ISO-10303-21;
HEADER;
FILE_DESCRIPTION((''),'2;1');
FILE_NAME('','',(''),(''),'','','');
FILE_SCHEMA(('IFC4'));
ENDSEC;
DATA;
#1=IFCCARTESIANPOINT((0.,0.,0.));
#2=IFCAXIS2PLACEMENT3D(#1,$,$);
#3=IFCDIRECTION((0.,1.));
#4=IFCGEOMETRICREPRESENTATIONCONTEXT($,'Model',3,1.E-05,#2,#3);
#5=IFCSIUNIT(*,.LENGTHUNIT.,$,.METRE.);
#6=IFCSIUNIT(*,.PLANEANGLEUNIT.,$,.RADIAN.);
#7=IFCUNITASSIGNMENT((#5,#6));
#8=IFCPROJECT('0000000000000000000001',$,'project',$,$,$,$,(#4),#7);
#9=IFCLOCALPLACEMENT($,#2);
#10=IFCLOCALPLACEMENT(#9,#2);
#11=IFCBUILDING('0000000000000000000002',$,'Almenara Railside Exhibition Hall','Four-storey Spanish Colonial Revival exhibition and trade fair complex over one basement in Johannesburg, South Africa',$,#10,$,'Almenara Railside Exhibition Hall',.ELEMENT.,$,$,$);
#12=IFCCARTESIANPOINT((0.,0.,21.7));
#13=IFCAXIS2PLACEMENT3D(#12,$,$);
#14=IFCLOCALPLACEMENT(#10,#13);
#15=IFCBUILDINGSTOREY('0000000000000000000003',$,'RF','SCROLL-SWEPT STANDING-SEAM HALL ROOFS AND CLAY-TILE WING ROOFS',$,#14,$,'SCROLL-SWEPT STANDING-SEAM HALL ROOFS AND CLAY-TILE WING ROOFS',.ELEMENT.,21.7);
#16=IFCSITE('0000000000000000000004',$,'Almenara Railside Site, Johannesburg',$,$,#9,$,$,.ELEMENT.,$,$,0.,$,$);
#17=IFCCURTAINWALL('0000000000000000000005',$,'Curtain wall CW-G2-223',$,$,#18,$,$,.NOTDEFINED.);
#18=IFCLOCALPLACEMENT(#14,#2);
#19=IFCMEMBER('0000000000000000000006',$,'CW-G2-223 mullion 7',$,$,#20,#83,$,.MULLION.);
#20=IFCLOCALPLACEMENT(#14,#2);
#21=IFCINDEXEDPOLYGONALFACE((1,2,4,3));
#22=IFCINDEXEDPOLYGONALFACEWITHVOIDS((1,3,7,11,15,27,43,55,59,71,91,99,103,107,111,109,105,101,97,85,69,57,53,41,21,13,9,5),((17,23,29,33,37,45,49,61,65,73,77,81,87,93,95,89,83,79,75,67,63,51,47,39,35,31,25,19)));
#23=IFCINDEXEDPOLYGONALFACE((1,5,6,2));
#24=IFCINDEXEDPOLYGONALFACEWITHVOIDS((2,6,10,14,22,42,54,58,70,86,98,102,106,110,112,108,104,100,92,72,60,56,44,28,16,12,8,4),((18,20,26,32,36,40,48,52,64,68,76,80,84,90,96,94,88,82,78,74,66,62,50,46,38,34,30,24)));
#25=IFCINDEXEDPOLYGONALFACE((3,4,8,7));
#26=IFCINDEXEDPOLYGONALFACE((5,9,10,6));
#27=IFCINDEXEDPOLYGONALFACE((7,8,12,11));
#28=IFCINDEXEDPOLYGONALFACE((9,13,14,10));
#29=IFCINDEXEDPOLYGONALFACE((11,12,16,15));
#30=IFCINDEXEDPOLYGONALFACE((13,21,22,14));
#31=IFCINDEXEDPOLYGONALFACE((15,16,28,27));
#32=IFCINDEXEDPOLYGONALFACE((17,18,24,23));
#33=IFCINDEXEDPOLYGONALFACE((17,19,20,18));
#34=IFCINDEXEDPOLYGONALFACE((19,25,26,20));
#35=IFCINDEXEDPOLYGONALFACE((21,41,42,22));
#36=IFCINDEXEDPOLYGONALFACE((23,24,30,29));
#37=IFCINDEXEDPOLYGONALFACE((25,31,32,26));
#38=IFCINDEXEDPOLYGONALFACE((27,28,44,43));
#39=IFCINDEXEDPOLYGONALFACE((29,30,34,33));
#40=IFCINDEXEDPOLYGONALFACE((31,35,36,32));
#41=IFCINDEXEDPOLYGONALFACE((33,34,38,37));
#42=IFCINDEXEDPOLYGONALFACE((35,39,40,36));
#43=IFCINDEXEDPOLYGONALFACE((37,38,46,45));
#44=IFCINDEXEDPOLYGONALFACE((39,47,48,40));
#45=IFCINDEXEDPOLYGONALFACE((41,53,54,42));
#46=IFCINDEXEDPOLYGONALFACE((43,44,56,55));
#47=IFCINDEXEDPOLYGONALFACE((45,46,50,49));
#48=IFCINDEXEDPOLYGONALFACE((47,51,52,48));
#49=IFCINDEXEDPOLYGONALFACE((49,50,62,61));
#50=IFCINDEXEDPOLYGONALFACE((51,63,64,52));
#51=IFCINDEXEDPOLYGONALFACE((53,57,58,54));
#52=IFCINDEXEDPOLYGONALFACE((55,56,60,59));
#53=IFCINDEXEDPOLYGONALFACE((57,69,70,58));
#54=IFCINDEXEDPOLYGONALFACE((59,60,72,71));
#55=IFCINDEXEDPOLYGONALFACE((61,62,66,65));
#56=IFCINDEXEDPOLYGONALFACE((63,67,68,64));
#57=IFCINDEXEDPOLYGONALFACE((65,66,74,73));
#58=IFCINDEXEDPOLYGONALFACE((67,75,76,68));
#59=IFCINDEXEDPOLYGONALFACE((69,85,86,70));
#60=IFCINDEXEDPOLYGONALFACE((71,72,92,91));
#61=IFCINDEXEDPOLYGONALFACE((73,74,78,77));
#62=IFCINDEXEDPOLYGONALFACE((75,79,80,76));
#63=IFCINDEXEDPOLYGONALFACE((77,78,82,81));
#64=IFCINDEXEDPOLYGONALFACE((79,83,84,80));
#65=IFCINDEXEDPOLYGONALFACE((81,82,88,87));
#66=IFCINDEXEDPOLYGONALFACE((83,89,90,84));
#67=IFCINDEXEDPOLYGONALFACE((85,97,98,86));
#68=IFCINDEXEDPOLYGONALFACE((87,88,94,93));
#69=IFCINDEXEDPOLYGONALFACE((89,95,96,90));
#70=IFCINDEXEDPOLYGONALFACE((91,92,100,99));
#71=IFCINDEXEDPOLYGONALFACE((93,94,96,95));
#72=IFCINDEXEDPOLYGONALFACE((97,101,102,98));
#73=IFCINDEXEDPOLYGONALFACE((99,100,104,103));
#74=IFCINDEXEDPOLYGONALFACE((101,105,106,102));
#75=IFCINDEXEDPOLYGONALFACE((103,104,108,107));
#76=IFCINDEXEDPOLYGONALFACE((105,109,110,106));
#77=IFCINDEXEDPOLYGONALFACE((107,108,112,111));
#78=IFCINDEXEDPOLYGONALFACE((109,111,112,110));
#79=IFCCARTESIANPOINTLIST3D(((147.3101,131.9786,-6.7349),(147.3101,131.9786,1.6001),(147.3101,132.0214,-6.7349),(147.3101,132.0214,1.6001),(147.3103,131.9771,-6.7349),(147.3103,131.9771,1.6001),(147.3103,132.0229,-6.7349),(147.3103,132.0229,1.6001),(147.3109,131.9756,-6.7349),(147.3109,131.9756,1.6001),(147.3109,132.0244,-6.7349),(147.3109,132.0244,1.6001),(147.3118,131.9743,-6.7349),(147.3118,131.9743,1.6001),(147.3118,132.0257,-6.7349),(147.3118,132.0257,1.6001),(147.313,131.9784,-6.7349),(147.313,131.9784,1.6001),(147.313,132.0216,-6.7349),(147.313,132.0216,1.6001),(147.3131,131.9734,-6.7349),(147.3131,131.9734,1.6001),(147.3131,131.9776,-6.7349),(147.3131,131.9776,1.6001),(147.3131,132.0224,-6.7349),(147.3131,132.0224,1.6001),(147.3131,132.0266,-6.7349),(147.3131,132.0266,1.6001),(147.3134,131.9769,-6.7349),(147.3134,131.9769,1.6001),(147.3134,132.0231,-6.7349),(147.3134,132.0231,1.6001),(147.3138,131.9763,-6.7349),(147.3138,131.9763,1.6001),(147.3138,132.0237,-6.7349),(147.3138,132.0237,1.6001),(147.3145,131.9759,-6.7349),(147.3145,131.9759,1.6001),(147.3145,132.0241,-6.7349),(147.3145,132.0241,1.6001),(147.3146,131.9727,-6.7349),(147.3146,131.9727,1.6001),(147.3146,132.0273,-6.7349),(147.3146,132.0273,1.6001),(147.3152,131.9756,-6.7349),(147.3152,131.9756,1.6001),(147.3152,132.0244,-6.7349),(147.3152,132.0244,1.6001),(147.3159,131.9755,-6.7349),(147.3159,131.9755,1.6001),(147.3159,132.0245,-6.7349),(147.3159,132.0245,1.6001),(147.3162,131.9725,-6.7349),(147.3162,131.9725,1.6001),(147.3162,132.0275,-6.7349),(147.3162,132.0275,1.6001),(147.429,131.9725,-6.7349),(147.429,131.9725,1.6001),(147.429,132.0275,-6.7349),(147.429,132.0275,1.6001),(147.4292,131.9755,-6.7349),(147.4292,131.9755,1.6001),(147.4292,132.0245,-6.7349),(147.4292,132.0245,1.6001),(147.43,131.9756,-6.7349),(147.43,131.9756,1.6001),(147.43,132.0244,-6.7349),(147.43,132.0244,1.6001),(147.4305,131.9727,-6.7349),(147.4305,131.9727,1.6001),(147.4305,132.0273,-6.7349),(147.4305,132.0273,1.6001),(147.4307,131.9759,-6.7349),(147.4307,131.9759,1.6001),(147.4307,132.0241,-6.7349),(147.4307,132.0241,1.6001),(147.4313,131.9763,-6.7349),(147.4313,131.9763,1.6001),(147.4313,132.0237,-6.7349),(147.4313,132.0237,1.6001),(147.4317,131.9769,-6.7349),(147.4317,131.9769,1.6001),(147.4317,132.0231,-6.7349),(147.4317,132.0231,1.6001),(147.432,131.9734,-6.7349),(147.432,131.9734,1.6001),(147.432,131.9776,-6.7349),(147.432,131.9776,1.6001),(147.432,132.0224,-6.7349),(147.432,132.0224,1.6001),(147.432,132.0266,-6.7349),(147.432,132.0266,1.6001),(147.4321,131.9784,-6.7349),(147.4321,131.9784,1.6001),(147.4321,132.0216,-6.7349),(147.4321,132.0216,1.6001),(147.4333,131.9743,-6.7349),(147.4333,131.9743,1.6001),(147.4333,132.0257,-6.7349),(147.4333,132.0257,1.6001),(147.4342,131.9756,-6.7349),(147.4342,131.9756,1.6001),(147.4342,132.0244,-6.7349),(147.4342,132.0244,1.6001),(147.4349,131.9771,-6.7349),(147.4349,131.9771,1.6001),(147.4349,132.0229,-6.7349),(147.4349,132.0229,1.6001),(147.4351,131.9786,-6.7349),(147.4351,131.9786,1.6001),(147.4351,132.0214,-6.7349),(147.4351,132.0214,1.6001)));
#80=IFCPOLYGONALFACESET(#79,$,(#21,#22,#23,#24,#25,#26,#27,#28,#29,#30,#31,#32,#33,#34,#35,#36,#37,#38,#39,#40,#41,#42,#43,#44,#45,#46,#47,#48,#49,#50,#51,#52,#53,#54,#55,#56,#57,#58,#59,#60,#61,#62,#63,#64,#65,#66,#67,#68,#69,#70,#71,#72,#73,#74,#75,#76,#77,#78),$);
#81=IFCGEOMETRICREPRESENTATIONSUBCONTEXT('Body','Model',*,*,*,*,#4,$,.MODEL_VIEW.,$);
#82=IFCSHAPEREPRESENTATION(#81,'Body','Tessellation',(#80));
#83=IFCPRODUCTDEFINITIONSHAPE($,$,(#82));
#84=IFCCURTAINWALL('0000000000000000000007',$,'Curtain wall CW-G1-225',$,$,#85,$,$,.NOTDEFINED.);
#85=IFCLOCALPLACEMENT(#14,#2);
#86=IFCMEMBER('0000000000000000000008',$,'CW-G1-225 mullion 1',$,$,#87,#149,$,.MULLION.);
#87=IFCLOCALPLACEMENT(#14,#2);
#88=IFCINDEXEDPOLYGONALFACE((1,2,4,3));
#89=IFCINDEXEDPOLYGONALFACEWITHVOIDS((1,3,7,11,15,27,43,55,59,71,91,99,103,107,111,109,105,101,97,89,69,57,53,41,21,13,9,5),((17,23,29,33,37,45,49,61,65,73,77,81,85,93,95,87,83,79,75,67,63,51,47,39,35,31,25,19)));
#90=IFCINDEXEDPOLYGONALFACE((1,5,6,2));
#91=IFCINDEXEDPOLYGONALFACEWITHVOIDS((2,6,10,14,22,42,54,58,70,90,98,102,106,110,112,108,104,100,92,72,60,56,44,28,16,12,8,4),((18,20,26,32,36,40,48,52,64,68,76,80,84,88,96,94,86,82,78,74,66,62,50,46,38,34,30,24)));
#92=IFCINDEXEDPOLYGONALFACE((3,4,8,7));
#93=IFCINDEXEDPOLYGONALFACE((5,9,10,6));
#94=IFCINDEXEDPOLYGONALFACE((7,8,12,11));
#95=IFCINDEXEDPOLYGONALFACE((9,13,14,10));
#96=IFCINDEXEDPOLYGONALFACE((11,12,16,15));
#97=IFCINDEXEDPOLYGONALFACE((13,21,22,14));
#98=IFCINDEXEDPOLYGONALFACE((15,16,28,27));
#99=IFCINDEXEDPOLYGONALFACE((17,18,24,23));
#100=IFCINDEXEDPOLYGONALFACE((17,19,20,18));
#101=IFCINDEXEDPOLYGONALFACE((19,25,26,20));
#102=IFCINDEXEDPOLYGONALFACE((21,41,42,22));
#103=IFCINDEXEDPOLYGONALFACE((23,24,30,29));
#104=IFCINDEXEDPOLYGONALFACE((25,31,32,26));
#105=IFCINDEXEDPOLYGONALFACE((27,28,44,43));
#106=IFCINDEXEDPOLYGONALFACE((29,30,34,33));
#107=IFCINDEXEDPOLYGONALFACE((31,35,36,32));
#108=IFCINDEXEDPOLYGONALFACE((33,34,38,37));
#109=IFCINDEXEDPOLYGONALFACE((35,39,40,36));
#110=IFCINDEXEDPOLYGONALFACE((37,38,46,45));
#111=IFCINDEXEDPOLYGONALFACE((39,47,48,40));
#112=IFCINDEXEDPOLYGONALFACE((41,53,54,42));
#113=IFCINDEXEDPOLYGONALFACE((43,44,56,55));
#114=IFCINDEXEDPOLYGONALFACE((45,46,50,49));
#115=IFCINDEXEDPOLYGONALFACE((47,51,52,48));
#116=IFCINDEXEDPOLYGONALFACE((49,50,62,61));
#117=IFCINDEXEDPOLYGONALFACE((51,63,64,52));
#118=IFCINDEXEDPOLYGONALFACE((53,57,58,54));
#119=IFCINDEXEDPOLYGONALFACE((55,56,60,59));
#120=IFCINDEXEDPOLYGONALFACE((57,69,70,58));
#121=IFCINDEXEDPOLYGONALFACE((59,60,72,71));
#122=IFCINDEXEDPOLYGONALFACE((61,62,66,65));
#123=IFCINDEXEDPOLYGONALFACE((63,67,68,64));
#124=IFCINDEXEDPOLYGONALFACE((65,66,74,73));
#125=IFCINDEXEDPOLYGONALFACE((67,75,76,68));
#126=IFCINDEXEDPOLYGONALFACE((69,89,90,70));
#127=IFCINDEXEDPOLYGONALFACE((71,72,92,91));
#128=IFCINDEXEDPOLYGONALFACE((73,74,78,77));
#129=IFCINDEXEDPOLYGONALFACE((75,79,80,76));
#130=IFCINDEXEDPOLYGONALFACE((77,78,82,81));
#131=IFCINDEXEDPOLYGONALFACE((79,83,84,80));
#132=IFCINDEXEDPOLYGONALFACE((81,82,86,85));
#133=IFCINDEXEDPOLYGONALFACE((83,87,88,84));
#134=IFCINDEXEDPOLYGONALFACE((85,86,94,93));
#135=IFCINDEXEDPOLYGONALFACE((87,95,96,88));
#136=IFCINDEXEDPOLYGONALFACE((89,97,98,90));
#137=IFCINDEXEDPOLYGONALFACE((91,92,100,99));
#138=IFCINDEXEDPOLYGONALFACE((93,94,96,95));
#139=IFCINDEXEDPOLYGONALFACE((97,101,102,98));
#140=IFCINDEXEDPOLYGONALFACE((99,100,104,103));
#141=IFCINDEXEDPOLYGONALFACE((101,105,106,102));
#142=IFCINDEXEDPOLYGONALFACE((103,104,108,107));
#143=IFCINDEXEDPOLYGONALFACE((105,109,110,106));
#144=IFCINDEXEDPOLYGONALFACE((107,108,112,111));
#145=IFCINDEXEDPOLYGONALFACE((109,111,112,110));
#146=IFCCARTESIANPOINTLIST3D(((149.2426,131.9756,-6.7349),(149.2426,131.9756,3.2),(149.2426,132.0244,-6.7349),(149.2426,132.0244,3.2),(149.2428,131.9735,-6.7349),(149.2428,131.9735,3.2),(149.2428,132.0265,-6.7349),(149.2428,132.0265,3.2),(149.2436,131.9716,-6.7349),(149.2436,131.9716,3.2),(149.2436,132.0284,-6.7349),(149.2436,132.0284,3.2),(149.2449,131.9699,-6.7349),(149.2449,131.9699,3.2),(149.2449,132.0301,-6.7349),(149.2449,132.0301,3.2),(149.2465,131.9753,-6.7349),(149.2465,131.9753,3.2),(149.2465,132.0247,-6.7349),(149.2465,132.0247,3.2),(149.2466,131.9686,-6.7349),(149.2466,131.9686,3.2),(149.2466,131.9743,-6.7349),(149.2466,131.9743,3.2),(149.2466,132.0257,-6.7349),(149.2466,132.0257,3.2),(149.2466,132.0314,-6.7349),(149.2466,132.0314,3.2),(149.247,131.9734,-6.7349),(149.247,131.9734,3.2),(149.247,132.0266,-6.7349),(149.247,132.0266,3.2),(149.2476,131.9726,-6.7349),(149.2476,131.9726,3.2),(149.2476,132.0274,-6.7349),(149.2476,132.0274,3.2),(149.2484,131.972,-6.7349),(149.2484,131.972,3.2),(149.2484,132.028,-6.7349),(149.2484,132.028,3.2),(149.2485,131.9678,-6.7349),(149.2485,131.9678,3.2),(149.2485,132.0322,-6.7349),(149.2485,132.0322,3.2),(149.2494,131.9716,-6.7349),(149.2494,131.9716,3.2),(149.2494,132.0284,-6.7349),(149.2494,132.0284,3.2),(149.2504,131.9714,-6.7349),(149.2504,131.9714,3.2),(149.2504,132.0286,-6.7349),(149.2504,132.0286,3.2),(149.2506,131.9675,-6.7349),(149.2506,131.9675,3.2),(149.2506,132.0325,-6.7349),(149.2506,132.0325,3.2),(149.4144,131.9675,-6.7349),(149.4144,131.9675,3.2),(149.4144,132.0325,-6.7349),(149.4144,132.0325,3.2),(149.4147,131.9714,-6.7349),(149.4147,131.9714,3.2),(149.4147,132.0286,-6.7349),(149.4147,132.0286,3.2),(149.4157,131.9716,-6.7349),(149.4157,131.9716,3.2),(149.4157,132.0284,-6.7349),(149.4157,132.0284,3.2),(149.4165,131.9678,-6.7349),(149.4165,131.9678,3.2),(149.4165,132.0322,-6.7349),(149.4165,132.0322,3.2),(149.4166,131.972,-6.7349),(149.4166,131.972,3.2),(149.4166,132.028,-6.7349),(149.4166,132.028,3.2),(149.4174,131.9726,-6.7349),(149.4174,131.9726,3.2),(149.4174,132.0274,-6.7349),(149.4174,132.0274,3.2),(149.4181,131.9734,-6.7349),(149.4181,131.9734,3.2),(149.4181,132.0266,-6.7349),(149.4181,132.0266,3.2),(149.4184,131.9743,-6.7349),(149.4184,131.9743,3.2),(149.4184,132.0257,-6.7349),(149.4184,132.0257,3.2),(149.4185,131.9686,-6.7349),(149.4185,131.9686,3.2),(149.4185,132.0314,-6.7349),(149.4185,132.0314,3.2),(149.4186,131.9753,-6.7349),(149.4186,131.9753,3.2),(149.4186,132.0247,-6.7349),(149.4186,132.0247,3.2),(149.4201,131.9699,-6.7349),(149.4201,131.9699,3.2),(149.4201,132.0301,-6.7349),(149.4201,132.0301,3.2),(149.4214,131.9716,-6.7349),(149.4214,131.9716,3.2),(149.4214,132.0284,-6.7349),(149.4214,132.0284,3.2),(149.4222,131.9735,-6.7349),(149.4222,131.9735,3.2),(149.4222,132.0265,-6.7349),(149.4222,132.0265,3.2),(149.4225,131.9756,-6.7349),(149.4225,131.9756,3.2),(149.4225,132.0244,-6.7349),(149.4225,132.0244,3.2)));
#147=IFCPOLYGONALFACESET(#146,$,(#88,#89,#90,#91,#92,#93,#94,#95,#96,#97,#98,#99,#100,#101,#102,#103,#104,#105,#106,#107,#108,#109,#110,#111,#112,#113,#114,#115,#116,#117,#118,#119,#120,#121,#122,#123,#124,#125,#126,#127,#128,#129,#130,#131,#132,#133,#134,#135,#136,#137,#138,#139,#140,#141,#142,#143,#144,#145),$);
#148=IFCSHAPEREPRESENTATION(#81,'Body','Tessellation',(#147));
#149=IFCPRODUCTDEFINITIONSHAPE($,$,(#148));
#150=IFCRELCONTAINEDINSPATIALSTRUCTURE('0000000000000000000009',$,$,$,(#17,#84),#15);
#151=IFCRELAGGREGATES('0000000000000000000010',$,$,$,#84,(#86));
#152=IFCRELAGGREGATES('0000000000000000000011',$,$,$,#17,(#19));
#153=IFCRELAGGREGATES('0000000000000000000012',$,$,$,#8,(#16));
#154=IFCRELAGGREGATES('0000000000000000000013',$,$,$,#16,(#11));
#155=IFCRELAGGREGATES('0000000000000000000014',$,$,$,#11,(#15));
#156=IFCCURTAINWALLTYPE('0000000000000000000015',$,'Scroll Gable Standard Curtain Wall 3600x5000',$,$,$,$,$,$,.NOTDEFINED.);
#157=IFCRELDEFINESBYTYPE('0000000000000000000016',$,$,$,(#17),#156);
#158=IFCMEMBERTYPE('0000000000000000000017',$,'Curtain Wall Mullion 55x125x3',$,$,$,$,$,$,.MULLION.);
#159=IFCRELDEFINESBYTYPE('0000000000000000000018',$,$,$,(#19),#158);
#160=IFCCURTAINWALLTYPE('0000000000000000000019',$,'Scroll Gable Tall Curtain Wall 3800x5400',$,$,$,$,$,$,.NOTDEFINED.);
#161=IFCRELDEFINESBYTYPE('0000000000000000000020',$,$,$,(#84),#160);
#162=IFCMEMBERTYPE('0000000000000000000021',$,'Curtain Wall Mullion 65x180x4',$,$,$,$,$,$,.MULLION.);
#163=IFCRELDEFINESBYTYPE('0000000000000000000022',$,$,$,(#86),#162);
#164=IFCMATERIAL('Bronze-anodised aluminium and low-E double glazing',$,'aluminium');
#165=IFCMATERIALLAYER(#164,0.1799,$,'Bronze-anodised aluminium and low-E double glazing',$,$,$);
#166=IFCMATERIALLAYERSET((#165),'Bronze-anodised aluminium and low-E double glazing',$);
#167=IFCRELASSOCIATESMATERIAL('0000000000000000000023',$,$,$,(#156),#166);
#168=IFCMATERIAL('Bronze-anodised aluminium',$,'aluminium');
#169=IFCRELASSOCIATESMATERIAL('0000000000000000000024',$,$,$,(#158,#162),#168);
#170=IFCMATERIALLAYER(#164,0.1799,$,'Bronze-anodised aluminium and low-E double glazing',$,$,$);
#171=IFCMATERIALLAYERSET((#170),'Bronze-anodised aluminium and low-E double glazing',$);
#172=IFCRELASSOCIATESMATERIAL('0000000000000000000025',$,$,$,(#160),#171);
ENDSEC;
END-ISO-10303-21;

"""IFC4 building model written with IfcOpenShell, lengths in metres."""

from ifc_helpers import new_model, si_unit, direction, frame, origin, origin_2d, place, context, subcontext, project, spatial, hollow_rectangle, extrude, material, layer, layer_set, material_profile, profile_set, type_object, element, aggregate, save


model = new_model("IFC4")

# Units and contexts
model_context = context("Model", 3, precision=1e-05, world=origin(), true_north=direction((0.0, 1.0)))
body_context = subcontext(model_context, "Body", "Model", "MODEL_VIEW")
ifc_project = project(units=[si_unit("LENGTHUNIT", "METRE"), si_unit("PLANEANGLEUNIT", "RADIAN")], contexts=[model_context])

# Site, building, storey
site_placement = place(None, origin())
site = spatial("IfcSite", under=ifc_project, at=site_placement, Name="Almenara Railside Site, Johannesburg", CompositionType="ELEMENT", RefElevation=0.0)
building_placement = place(site_placement, origin())
building = spatial("IfcBuilding", under=site, at=building_placement, Name="Almenara Railside Exhibition Hall", Description="Four-storey Spanish Colonial Revival exhibition and trade fair complex over one basement in Johannesburg, South Africa", LongName="Almenara Railside Exhibition Hall", CompositionType="ELEMENT")
storey_placement = place(building_placement, frame((0.0, 0.0, 21.7)))
storey = spatial("IfcBuildingStorey", under=building, at=storey_placement, Name="RF", Description="SCROLL-SWEPT STANDING-SEAM HALL ROOFS AND CLAY-TILE WING ROOFS", LongName="SCROLL-SWEPT STANDING-SEAM HALL ROOFS AND CLAY-TILE WING ROOFS", CompositionType="ELEMENT", Elevation=21.7)

# Curtain walls, members
ifc_material_1 = material(Name="Bronze-anodised aluminium and low-E double glazing", Category="aluminium")
ifc_layer_1 = layer(ifc_material_1, 0.1799, Name="Bronze-anodised aluminium and low-E double glazing")
ifc_layer_set_1 = layer_set([ifc_layer_1], Name="Bronze-anodised aluminium and low-E double glazing")
curtain_wall_type_1 = type_object("IfcCurtainWallType", Name="Scroll Gable Standard Curtain Wall 3600x5000", PredefinedType="NOTDEFINED", material=ifc_layer_set_1)
curtain_wall_1_placement = place(storey_placement, origin())
curtain_wall_1 = element("IfcCurtainWall", 1, at=curtain_wall_1_placement, inside=storey, type_object=curtain_wall_type_1, Name="Curtain wall CW-G2-223", PredefinedType="NOTDEFINED")
ifc_material_2 = material(Name="Bronze-anodised aluminium", Category="aluminium")
ifc_material_profile_1 = material_profile(ifc_material_2, hollow_rectangle(XDim=0.0549, YDim=0.125, WallThickness=0.0029, InnerFilletRadius=0.0029, OuterFilletRadius=0.0061, at=origin_2d()), Name="ALU-MUL 55x125x3")
ifc_profile_set_1 = profile_set([ifc_material_profile_1], Name="Bronze-anodised aluminium")
member_type_1 = type_object("IfcMemberType", Name="Curtain Wall Mullion 55x125x3", PredefinedType="MULLION", material=ifc_profile_set_1)
member_1_placement = place(storey_placement, frame((147.3726, 132.0, -6.7349), z_axis=(0.0, 0.0, 1.0), x_axis=(0.0, 1.0, 0.0)))
member_1 = element("IfcMember", 2, at=member_1_placement, type_object=member_type_1, Name="CW-G2-223 mullion 7", PredefinedType="MULLION", context=body_context, shape_type="SweptSolid", body=[
    extrude(hollow_rectangle(XDim=0.0549, YDim=0.125, WallThickness=0.0029, InnerFilletRadius=0.0029, OuterFilletRadius=0.0061, at=origin_2d()), origin(), (0.0, 0.0, 1.0), 8.335),
])
ifc_layer_2 = layer(ifc_material_1, 0.1799, Name="Bronze-anodised aluminium and low-E double glazing")
ifc_layer_set_2 = layer_set([ifc_layer_2], Name="Bronze-anodised aluminium and low-E double glazing")
curtain_wall_type_2 = type_object("IfcCurtainWallType", Name="Scroll Gable Tall Curtain Wall 3800x5400", PredefinedType="NOTDEFINED", material=ifc_layer_set_2)
curtain_wall_2_placement = place(storey_placement, origin())
curtain_wall_2 = element("IfcCurtainWall", 3, at=curtain_wall_2_placement, inside=storey, type_object=curtain_wall_type_2, Name="Curtain wall CW-G1-225", PredefinedType="NOTDEFINED")
ifc_material_profile_2 = material_profile(ifc_material_2, hollow_rectangle(XDim=0.0649, YDim=0.1799, WallThickness=0.0039, InnerFilletRadius=0.0039, OuterFilletRadius=0.0081, at=origin_2d()), Name="ALU-MUL 65x180x4")
ifc_profile_set_2 = profile_set([ifc_material_profile_2], Name="Bronze-anodised aluminium")
member_type_2 = type_object("IfcMemberType", Name="Curtain Wall Mullion 65x180x4", PredefinedType="MULLION", material=ifc_profile_set_2)
member_2_placement = place(storey_placement, frame((149.3325, 132.0, -6.7349), z_axis=(0.0, 0.0, 1.0), x_axis=(0.0, 1.0, 0.0)))
member_2 = element("IfcMember", 4, at=member_2_placement, type_object=member_type_2, Name="CW-G1-225 mullion 1", PredefinedType="MULLION", context=body_context, shape_type="SweptSolid", body=[
    extrude(hollow_rectangle(XDim=0.0649, YDim=0.1799, WallThickness=0.0039, InnerFilletRadius=0.0039, OuterFilletRadius=0.0081, at=origin_2d()), origin(), (0.0, 0.0, 1.0), 9.9348),
])

aggregate(curtain_wall_2, [member_2])
aggregate(curtain_wall_1, [member_1])

save(model, "model.ifc")
